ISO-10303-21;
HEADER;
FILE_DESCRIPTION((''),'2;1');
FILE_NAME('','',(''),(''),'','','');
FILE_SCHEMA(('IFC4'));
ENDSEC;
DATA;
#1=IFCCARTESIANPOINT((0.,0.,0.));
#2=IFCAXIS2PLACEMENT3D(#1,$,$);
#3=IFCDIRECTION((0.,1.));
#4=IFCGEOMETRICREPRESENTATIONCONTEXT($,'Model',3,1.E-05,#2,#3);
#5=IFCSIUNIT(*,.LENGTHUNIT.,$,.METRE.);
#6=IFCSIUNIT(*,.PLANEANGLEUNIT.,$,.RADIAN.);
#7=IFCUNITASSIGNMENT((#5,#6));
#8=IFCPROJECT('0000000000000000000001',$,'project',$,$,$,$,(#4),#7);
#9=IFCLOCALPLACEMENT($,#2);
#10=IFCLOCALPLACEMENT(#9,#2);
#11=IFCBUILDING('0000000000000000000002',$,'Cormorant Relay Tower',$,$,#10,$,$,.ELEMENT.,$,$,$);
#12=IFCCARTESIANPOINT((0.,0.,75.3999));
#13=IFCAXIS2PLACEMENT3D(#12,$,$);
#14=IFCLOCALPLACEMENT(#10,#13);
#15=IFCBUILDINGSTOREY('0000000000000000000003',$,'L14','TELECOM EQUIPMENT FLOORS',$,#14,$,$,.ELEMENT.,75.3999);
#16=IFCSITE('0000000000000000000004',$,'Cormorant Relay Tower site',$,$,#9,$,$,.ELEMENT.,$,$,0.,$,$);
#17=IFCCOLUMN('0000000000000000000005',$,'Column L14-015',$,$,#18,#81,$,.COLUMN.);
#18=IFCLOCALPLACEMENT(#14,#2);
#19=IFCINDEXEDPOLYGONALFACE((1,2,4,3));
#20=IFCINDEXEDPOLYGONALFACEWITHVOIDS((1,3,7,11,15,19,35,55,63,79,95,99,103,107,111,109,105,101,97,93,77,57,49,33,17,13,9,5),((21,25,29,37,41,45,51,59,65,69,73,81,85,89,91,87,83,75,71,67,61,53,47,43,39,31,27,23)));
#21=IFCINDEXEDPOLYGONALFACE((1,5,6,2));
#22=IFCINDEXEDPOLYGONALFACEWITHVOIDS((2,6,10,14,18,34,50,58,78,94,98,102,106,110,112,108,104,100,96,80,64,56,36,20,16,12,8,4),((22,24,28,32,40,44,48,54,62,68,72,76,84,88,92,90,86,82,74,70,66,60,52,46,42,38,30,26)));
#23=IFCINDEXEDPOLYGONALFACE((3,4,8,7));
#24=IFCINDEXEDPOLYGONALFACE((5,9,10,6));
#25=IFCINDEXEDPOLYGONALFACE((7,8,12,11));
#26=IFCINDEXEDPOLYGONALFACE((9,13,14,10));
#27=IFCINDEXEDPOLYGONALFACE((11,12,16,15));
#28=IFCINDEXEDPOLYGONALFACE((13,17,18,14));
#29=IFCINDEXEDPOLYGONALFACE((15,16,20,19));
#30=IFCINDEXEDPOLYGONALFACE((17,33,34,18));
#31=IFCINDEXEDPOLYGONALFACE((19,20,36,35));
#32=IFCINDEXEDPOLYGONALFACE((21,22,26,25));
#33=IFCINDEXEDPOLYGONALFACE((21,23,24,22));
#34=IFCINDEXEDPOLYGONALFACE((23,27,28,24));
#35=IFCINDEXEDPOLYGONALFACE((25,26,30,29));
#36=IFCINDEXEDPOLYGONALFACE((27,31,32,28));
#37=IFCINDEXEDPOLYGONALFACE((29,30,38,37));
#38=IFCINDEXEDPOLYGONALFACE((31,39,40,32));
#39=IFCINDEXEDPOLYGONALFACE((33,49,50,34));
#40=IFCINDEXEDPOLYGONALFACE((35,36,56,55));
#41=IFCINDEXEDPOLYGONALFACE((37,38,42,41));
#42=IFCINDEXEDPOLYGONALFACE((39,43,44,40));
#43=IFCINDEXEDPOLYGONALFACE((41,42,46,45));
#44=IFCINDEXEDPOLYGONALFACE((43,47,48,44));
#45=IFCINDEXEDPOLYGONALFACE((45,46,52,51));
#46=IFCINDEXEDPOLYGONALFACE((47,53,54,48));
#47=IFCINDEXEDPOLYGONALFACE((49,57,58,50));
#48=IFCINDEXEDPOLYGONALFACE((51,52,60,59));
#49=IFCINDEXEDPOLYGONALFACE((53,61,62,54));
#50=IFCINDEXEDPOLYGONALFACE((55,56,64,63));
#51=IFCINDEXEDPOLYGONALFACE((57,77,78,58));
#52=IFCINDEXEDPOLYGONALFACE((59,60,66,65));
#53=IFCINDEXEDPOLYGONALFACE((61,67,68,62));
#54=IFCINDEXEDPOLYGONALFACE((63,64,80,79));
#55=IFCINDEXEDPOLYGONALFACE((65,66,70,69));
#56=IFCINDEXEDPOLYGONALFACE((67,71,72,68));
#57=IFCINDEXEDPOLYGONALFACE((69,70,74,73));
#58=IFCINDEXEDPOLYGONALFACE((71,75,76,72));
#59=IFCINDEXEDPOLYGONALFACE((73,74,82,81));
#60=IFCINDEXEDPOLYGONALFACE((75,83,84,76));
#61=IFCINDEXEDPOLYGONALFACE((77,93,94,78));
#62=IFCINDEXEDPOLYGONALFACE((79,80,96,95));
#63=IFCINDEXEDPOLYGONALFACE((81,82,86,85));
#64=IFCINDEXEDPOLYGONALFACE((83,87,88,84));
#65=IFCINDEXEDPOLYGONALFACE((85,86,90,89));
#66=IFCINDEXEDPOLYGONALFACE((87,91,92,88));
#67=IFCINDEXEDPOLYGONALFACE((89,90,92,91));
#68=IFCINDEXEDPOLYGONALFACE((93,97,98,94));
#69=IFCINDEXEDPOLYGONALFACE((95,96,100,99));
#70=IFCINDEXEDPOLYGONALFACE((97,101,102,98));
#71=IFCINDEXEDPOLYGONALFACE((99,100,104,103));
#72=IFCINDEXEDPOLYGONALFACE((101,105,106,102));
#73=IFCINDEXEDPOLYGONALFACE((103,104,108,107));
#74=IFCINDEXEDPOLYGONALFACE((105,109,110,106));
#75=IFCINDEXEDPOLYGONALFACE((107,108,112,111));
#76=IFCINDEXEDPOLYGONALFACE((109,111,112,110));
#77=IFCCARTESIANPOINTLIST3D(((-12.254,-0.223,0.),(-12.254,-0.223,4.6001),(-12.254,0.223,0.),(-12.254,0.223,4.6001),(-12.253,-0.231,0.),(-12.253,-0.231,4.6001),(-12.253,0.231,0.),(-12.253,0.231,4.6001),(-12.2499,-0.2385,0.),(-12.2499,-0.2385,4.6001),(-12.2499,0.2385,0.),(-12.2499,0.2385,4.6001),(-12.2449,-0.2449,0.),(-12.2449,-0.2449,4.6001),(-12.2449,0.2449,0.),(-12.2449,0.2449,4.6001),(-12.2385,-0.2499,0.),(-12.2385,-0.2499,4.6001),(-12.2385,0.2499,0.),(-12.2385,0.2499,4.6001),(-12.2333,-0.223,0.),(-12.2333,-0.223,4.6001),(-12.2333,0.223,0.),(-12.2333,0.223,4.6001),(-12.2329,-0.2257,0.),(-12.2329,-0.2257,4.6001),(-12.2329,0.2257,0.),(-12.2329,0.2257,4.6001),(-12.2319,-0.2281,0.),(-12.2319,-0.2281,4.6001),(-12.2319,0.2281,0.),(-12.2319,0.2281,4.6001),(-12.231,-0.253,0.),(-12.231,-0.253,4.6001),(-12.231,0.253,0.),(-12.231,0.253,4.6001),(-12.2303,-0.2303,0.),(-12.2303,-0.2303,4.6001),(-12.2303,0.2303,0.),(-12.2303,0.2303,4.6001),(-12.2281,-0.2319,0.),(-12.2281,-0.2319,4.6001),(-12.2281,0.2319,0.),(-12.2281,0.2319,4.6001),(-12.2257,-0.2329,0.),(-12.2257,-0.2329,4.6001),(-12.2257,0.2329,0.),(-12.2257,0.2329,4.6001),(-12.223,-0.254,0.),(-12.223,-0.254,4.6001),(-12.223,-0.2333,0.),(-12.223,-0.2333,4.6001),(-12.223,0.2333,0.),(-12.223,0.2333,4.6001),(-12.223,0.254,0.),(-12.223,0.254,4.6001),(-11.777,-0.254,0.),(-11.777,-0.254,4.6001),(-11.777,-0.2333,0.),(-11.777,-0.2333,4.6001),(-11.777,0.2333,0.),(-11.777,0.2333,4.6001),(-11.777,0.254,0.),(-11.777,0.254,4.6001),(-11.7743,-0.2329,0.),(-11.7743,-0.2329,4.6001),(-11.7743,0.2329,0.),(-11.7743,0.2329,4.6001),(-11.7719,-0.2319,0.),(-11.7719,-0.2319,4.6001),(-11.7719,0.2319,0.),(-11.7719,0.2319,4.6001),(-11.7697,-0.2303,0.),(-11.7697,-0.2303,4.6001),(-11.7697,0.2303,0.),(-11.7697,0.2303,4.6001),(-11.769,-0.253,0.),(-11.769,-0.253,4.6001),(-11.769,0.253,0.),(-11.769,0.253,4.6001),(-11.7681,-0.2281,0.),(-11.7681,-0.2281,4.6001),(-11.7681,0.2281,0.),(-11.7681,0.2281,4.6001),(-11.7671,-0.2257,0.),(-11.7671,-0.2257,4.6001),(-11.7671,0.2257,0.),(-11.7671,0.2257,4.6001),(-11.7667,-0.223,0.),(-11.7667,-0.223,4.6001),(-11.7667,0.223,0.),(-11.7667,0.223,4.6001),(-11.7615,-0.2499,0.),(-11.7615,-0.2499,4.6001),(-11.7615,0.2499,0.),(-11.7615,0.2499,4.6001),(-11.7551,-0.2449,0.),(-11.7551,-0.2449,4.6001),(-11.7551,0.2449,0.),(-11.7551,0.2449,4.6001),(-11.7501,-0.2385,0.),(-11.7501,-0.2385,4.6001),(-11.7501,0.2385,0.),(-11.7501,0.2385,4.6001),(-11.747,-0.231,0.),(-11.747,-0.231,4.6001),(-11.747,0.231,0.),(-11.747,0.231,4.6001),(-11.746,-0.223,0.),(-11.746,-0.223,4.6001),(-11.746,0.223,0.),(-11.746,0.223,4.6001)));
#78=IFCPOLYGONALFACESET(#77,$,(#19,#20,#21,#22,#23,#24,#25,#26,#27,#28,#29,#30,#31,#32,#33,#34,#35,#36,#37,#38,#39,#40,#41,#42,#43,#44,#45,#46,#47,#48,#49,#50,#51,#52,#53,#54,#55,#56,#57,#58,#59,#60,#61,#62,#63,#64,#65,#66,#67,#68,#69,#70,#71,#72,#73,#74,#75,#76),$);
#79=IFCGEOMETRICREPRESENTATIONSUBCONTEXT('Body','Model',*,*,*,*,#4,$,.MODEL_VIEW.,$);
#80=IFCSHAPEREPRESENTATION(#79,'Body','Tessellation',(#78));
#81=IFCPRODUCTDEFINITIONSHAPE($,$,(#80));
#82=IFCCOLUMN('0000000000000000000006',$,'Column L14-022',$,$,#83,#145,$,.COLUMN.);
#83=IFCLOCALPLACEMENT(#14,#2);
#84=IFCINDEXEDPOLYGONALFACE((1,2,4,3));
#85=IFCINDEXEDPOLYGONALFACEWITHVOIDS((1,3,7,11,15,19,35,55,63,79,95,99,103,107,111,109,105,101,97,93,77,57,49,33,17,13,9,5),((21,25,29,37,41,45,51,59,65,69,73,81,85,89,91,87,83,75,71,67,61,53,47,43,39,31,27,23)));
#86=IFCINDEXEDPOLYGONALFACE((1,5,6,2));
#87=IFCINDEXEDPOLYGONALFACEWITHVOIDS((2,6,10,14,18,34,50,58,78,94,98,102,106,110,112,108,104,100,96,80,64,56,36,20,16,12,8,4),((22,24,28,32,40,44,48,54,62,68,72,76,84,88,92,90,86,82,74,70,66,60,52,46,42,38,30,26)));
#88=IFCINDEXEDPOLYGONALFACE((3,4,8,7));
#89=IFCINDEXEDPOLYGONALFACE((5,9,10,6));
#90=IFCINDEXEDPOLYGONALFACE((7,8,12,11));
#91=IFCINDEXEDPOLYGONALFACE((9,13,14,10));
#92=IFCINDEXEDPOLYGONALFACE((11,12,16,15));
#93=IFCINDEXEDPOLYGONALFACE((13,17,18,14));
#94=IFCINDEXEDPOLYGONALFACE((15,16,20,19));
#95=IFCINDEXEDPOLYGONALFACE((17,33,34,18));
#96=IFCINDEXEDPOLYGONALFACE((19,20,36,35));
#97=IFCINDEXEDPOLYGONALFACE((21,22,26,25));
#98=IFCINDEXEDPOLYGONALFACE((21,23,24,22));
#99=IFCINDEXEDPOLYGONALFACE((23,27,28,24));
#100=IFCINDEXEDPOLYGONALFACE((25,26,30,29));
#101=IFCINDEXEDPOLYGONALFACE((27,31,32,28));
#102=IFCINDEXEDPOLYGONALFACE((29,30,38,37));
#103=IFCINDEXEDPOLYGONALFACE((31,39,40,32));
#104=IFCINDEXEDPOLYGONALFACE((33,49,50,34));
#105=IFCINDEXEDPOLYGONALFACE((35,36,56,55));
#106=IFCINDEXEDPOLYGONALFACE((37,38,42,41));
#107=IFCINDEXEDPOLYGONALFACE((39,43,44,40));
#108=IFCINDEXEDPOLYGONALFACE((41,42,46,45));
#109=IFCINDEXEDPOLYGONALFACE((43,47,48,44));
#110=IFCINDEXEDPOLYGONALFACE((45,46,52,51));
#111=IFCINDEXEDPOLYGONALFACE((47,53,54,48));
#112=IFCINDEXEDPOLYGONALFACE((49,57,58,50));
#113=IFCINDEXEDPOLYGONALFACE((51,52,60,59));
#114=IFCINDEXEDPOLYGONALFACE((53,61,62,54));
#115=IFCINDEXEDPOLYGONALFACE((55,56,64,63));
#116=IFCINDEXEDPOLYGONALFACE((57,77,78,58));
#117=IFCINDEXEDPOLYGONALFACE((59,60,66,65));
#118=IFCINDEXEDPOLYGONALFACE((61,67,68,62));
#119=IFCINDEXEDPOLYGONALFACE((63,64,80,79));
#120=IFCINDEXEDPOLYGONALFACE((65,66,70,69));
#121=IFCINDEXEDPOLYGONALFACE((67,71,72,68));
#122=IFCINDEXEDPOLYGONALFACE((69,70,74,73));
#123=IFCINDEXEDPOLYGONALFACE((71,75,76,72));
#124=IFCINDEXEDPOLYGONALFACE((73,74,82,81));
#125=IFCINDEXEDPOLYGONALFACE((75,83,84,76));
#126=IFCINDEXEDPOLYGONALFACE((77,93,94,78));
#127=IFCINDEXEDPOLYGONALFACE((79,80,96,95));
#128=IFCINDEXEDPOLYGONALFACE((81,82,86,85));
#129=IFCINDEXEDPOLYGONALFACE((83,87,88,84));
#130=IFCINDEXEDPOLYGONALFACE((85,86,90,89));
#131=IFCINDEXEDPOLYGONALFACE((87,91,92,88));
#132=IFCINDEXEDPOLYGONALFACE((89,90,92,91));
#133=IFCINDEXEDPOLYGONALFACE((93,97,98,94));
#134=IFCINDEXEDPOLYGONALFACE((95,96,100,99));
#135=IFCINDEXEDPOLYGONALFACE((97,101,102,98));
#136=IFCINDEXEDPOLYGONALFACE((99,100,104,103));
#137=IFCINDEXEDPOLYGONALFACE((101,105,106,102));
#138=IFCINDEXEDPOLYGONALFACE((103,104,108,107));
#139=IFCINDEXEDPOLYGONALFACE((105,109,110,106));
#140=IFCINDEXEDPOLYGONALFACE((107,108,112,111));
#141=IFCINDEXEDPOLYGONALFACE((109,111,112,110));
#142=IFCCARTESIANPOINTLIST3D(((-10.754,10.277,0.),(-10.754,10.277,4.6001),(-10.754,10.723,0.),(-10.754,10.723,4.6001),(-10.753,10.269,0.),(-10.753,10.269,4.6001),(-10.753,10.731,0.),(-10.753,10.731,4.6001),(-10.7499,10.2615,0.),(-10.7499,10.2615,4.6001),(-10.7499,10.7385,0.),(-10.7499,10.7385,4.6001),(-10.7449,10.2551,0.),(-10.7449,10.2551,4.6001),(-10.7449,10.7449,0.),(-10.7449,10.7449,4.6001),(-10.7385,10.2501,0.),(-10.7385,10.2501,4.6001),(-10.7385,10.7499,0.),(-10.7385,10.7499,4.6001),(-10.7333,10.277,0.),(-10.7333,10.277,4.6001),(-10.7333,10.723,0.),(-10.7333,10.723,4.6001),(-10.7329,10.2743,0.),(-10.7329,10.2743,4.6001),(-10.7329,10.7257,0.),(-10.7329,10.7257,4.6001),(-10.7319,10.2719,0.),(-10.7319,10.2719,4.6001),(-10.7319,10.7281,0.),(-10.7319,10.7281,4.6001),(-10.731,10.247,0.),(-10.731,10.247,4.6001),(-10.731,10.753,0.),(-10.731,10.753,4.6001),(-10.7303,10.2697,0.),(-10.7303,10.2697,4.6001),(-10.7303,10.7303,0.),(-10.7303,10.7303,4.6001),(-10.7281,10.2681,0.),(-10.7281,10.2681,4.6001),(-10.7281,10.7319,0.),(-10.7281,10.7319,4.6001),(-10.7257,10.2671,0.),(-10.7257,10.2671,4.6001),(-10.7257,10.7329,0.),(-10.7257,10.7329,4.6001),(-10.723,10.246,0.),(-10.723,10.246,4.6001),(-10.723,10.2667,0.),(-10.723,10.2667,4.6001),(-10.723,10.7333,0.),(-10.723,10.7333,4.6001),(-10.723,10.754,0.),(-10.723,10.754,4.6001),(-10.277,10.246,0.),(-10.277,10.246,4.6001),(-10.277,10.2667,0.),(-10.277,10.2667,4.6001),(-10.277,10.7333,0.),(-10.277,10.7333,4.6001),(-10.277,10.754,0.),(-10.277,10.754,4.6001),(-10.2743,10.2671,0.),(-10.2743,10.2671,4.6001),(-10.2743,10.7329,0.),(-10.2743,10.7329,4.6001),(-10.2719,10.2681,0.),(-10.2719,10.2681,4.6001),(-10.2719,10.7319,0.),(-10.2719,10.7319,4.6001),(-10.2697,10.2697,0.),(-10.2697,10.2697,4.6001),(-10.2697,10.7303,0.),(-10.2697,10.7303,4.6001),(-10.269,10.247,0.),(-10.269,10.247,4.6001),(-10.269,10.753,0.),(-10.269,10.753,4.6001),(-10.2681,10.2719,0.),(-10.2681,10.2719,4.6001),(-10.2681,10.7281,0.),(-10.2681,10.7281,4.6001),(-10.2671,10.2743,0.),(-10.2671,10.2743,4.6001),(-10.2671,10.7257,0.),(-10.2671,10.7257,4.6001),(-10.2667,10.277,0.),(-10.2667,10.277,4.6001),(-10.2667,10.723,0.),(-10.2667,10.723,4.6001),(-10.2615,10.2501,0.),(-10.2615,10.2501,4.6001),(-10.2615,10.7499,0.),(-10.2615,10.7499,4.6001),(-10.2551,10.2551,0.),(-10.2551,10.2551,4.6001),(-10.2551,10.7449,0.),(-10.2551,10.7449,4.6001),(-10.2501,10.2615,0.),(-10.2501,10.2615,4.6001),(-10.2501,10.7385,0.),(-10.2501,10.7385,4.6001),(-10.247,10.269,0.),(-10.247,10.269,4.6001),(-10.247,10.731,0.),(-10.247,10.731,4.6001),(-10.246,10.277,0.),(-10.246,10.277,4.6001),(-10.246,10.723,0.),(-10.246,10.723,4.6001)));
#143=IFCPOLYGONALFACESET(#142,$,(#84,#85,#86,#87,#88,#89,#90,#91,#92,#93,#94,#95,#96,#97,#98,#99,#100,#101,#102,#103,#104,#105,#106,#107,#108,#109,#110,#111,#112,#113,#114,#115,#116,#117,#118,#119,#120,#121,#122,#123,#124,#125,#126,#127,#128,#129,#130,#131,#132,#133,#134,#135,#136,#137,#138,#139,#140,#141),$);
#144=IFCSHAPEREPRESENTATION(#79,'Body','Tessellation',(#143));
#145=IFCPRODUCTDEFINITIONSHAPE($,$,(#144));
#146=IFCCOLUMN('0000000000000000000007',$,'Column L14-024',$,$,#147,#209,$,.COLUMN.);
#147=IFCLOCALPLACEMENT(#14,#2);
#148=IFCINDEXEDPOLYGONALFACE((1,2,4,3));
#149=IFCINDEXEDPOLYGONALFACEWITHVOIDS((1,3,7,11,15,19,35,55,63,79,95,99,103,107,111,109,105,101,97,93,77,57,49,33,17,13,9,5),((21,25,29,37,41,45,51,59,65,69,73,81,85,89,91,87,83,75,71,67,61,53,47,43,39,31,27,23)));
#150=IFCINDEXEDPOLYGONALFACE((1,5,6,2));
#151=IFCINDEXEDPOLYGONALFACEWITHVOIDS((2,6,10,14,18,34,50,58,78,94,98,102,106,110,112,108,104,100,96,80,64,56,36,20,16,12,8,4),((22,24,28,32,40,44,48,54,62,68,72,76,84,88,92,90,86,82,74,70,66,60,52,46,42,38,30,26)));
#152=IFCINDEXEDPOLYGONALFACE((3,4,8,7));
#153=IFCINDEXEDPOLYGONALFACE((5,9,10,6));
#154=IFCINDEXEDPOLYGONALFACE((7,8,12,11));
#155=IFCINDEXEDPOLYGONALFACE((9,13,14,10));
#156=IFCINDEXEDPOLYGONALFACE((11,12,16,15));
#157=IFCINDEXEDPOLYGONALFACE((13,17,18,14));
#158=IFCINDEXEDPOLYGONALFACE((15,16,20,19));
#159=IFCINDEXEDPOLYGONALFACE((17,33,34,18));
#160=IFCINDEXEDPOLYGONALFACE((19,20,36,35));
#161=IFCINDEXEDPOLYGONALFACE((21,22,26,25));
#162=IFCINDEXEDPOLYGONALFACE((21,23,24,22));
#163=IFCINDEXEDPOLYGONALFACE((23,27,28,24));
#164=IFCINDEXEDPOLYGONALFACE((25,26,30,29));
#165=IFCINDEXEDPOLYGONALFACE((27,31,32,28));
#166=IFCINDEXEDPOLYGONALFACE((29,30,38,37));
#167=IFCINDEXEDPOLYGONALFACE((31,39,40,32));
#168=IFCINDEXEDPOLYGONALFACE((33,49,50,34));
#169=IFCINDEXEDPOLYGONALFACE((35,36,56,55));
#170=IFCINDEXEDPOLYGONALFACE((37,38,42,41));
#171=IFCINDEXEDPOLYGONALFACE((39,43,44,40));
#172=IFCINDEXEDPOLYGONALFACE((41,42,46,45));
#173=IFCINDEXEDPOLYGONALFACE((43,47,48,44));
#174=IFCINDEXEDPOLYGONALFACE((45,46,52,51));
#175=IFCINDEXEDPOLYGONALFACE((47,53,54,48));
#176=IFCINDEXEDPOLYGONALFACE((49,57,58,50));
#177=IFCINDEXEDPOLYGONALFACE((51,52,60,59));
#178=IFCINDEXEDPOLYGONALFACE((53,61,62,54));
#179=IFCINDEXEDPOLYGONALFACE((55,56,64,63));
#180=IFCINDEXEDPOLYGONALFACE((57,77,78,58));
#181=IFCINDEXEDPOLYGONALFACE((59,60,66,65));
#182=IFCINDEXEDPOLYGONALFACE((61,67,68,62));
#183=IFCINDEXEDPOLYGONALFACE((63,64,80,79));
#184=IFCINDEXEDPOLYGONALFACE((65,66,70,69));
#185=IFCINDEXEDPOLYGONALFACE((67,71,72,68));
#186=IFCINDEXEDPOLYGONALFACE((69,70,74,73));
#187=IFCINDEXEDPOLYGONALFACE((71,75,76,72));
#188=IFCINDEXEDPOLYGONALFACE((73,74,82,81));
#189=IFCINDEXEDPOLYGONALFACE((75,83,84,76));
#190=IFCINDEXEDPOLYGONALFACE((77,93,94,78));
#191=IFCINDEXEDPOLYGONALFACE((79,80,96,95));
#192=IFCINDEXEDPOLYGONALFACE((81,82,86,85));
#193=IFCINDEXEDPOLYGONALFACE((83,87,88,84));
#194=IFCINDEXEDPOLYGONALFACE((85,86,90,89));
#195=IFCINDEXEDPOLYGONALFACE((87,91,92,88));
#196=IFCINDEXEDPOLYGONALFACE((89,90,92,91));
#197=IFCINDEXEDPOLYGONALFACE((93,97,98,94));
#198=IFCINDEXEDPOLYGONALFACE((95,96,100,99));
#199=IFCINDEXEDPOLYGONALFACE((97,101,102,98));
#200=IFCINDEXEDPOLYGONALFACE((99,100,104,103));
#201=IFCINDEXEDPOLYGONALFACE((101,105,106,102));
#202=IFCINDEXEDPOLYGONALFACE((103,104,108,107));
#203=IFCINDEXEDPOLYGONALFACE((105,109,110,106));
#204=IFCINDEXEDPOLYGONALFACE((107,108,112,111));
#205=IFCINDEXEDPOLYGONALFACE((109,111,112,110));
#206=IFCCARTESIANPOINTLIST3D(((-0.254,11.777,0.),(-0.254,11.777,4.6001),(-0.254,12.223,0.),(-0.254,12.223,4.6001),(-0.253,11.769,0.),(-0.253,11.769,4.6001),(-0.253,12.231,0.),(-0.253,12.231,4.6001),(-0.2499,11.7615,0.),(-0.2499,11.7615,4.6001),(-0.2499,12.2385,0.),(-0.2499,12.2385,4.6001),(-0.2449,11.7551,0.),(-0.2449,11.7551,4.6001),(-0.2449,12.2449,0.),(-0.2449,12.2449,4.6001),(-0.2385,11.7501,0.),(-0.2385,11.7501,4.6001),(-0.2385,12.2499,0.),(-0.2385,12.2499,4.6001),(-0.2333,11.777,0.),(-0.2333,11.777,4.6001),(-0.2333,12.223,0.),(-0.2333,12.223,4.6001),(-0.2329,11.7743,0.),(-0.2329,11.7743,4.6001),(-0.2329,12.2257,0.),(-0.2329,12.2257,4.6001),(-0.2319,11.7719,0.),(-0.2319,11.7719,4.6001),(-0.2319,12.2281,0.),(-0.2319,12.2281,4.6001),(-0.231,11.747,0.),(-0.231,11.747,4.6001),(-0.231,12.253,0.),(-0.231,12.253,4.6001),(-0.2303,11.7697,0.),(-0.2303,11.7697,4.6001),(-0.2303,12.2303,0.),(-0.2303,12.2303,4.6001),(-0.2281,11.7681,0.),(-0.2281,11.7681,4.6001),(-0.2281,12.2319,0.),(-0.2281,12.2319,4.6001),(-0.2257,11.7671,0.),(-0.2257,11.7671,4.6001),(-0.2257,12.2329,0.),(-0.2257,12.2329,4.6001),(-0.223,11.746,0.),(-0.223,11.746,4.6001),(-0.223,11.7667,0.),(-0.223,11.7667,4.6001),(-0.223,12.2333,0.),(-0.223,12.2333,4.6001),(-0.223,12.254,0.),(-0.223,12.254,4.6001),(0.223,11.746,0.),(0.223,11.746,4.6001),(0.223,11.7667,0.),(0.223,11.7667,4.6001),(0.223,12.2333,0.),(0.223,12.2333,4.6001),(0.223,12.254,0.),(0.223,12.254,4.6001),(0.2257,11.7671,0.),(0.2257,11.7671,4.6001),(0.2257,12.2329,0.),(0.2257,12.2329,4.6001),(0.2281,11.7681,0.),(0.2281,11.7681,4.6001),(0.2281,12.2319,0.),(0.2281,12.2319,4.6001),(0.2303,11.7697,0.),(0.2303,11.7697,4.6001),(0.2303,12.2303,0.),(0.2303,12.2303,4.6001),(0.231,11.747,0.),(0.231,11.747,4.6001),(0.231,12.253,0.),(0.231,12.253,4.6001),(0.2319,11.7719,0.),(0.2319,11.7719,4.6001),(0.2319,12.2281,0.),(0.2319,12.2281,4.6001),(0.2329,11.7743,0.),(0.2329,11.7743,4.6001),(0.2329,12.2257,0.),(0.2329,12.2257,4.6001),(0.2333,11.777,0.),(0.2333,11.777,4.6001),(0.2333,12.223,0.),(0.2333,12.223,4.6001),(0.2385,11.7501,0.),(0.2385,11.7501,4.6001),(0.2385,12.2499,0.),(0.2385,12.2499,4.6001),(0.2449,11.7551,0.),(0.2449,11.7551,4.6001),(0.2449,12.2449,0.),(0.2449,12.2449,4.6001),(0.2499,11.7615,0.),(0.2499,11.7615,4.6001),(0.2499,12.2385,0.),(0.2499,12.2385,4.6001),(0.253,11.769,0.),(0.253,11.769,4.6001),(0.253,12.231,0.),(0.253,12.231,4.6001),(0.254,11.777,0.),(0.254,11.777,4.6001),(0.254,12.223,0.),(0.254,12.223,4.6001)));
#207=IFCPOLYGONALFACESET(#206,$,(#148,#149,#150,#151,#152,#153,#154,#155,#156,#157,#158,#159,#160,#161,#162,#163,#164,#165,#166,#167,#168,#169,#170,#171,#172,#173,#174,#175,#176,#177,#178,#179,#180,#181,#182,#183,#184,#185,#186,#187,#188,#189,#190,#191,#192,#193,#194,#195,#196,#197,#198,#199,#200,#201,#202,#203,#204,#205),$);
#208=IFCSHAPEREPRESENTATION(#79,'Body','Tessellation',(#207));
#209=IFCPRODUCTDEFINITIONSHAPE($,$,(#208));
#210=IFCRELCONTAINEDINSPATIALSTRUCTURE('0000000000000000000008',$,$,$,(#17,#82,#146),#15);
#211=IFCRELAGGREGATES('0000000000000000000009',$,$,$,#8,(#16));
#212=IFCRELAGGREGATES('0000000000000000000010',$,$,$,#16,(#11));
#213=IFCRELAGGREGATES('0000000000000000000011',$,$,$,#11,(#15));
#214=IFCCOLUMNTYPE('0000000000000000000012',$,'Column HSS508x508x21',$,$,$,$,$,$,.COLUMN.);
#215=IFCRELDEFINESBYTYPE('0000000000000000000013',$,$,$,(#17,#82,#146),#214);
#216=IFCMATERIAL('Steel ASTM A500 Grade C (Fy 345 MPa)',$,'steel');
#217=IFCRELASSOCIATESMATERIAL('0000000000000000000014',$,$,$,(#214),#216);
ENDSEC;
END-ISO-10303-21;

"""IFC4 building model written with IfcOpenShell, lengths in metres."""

from ifc_helpers import new_model, si_unit, direction, frame, origin, origin_2d, place, context, subcontext, project, spatial, hollow_rectangle, extrude, material, material_profile, profile_set, type_object, element, save


model = new_model("IFC4")

# Units and contexts
model_context = context("Model", 3, precision=1e-05, world=origin(), true_north=direction((0.0, 1.0)))
body_context = subcontext(model_context, "Body", "Model", "MODEL_VIEW")
ifc_project = project(units=[si_unit("LENGTHUNIT", "METRE"), si_unit("PLANEANGLEUNIT", "RADIAN")], contexts=[model_context])

# Site, building, storey
site_placement = place(None, origin())
site = spatial("IfcSite", under=ifc_project, at=site_placement, Name="Cormorant Relay Tower site", CompositionType="ELEMENT", RefElevation=0.0)
building_placement = place(site_placement, origin())
building = spatial("IfcBuilding", under=site, at=building_placement, Name="Cormorant Relay Tower", CompositionType="ELEMENT")
storey_placement = place(building_placement, frame((0.0, 0.0, 75.3999)))
storey = spatial("IfcBuildingStorey", under=building, at=storey_placement, Name="L14", Description="TELECOM EQUIPMENT FLOORS", CompositionType="ELEMENT", Elevation=75.3999)

# Columns
ifc_material_1 = material(Name="Steel ASTM A500 Grade C (Fy 345 MPa)", Category="steel")
ifc_material_profile = material_profile(ifc_material_1, hollow_rectangle(XDim=0.5081, YDim=0.5081, WallThickness=0.0208, InnerFilletRadius=0.0103, OuterFilletRadius=0.031, at=origin_2d()), Name="HSS508x508x21")
ifc_profile_set = profile_set([ifc_material_profile], Name="Steel ASTM A500 Grade C (Fy 345 MPa)")
column_type = type_object("IfcColumnType", Name="Column HSS508x508x21", PredefinedType="COLUMN", material=ifc_profile_set)
for number, where, z_axis, x_axis, name in (
    (1, (-12.0, 0.0, 0.0), (0.0, 0.0, 1.0), (1.0, 0.0, 0.0), "Column L14-015"),
    (2, (-10.5, 10.5, 0.0), (0.0, 0.0, 1.0), (1.0, 0.0, 0.0), "Column L14-022"),
    (3, (0.0, 12.0, 0.0), (0.0, 0.0, 1.0), (1.0, 0.0, 0.0), "Column L14-024"),
):
    element("IfcColumn", number, at=place(storey_placement, frame(where, z_axis=z_axis, x_axis=x_axis)), inside=storey, type_object=column_type, Name=name, PredefinedType="COLUMN", context=body_context, shape_type="SweptSolid", body=[
        extrude(hollow_rectangle(XDim=0.5081, YDim=0.5081, WallThickness=0.0208, InnerFilletRadius=0.0103, OuterFilletRadius=0.031, at=origin_2d()), origin(), (0.0, 0.0, 1.0), 4.6001),
    ])

save(model, "model.ifc")
